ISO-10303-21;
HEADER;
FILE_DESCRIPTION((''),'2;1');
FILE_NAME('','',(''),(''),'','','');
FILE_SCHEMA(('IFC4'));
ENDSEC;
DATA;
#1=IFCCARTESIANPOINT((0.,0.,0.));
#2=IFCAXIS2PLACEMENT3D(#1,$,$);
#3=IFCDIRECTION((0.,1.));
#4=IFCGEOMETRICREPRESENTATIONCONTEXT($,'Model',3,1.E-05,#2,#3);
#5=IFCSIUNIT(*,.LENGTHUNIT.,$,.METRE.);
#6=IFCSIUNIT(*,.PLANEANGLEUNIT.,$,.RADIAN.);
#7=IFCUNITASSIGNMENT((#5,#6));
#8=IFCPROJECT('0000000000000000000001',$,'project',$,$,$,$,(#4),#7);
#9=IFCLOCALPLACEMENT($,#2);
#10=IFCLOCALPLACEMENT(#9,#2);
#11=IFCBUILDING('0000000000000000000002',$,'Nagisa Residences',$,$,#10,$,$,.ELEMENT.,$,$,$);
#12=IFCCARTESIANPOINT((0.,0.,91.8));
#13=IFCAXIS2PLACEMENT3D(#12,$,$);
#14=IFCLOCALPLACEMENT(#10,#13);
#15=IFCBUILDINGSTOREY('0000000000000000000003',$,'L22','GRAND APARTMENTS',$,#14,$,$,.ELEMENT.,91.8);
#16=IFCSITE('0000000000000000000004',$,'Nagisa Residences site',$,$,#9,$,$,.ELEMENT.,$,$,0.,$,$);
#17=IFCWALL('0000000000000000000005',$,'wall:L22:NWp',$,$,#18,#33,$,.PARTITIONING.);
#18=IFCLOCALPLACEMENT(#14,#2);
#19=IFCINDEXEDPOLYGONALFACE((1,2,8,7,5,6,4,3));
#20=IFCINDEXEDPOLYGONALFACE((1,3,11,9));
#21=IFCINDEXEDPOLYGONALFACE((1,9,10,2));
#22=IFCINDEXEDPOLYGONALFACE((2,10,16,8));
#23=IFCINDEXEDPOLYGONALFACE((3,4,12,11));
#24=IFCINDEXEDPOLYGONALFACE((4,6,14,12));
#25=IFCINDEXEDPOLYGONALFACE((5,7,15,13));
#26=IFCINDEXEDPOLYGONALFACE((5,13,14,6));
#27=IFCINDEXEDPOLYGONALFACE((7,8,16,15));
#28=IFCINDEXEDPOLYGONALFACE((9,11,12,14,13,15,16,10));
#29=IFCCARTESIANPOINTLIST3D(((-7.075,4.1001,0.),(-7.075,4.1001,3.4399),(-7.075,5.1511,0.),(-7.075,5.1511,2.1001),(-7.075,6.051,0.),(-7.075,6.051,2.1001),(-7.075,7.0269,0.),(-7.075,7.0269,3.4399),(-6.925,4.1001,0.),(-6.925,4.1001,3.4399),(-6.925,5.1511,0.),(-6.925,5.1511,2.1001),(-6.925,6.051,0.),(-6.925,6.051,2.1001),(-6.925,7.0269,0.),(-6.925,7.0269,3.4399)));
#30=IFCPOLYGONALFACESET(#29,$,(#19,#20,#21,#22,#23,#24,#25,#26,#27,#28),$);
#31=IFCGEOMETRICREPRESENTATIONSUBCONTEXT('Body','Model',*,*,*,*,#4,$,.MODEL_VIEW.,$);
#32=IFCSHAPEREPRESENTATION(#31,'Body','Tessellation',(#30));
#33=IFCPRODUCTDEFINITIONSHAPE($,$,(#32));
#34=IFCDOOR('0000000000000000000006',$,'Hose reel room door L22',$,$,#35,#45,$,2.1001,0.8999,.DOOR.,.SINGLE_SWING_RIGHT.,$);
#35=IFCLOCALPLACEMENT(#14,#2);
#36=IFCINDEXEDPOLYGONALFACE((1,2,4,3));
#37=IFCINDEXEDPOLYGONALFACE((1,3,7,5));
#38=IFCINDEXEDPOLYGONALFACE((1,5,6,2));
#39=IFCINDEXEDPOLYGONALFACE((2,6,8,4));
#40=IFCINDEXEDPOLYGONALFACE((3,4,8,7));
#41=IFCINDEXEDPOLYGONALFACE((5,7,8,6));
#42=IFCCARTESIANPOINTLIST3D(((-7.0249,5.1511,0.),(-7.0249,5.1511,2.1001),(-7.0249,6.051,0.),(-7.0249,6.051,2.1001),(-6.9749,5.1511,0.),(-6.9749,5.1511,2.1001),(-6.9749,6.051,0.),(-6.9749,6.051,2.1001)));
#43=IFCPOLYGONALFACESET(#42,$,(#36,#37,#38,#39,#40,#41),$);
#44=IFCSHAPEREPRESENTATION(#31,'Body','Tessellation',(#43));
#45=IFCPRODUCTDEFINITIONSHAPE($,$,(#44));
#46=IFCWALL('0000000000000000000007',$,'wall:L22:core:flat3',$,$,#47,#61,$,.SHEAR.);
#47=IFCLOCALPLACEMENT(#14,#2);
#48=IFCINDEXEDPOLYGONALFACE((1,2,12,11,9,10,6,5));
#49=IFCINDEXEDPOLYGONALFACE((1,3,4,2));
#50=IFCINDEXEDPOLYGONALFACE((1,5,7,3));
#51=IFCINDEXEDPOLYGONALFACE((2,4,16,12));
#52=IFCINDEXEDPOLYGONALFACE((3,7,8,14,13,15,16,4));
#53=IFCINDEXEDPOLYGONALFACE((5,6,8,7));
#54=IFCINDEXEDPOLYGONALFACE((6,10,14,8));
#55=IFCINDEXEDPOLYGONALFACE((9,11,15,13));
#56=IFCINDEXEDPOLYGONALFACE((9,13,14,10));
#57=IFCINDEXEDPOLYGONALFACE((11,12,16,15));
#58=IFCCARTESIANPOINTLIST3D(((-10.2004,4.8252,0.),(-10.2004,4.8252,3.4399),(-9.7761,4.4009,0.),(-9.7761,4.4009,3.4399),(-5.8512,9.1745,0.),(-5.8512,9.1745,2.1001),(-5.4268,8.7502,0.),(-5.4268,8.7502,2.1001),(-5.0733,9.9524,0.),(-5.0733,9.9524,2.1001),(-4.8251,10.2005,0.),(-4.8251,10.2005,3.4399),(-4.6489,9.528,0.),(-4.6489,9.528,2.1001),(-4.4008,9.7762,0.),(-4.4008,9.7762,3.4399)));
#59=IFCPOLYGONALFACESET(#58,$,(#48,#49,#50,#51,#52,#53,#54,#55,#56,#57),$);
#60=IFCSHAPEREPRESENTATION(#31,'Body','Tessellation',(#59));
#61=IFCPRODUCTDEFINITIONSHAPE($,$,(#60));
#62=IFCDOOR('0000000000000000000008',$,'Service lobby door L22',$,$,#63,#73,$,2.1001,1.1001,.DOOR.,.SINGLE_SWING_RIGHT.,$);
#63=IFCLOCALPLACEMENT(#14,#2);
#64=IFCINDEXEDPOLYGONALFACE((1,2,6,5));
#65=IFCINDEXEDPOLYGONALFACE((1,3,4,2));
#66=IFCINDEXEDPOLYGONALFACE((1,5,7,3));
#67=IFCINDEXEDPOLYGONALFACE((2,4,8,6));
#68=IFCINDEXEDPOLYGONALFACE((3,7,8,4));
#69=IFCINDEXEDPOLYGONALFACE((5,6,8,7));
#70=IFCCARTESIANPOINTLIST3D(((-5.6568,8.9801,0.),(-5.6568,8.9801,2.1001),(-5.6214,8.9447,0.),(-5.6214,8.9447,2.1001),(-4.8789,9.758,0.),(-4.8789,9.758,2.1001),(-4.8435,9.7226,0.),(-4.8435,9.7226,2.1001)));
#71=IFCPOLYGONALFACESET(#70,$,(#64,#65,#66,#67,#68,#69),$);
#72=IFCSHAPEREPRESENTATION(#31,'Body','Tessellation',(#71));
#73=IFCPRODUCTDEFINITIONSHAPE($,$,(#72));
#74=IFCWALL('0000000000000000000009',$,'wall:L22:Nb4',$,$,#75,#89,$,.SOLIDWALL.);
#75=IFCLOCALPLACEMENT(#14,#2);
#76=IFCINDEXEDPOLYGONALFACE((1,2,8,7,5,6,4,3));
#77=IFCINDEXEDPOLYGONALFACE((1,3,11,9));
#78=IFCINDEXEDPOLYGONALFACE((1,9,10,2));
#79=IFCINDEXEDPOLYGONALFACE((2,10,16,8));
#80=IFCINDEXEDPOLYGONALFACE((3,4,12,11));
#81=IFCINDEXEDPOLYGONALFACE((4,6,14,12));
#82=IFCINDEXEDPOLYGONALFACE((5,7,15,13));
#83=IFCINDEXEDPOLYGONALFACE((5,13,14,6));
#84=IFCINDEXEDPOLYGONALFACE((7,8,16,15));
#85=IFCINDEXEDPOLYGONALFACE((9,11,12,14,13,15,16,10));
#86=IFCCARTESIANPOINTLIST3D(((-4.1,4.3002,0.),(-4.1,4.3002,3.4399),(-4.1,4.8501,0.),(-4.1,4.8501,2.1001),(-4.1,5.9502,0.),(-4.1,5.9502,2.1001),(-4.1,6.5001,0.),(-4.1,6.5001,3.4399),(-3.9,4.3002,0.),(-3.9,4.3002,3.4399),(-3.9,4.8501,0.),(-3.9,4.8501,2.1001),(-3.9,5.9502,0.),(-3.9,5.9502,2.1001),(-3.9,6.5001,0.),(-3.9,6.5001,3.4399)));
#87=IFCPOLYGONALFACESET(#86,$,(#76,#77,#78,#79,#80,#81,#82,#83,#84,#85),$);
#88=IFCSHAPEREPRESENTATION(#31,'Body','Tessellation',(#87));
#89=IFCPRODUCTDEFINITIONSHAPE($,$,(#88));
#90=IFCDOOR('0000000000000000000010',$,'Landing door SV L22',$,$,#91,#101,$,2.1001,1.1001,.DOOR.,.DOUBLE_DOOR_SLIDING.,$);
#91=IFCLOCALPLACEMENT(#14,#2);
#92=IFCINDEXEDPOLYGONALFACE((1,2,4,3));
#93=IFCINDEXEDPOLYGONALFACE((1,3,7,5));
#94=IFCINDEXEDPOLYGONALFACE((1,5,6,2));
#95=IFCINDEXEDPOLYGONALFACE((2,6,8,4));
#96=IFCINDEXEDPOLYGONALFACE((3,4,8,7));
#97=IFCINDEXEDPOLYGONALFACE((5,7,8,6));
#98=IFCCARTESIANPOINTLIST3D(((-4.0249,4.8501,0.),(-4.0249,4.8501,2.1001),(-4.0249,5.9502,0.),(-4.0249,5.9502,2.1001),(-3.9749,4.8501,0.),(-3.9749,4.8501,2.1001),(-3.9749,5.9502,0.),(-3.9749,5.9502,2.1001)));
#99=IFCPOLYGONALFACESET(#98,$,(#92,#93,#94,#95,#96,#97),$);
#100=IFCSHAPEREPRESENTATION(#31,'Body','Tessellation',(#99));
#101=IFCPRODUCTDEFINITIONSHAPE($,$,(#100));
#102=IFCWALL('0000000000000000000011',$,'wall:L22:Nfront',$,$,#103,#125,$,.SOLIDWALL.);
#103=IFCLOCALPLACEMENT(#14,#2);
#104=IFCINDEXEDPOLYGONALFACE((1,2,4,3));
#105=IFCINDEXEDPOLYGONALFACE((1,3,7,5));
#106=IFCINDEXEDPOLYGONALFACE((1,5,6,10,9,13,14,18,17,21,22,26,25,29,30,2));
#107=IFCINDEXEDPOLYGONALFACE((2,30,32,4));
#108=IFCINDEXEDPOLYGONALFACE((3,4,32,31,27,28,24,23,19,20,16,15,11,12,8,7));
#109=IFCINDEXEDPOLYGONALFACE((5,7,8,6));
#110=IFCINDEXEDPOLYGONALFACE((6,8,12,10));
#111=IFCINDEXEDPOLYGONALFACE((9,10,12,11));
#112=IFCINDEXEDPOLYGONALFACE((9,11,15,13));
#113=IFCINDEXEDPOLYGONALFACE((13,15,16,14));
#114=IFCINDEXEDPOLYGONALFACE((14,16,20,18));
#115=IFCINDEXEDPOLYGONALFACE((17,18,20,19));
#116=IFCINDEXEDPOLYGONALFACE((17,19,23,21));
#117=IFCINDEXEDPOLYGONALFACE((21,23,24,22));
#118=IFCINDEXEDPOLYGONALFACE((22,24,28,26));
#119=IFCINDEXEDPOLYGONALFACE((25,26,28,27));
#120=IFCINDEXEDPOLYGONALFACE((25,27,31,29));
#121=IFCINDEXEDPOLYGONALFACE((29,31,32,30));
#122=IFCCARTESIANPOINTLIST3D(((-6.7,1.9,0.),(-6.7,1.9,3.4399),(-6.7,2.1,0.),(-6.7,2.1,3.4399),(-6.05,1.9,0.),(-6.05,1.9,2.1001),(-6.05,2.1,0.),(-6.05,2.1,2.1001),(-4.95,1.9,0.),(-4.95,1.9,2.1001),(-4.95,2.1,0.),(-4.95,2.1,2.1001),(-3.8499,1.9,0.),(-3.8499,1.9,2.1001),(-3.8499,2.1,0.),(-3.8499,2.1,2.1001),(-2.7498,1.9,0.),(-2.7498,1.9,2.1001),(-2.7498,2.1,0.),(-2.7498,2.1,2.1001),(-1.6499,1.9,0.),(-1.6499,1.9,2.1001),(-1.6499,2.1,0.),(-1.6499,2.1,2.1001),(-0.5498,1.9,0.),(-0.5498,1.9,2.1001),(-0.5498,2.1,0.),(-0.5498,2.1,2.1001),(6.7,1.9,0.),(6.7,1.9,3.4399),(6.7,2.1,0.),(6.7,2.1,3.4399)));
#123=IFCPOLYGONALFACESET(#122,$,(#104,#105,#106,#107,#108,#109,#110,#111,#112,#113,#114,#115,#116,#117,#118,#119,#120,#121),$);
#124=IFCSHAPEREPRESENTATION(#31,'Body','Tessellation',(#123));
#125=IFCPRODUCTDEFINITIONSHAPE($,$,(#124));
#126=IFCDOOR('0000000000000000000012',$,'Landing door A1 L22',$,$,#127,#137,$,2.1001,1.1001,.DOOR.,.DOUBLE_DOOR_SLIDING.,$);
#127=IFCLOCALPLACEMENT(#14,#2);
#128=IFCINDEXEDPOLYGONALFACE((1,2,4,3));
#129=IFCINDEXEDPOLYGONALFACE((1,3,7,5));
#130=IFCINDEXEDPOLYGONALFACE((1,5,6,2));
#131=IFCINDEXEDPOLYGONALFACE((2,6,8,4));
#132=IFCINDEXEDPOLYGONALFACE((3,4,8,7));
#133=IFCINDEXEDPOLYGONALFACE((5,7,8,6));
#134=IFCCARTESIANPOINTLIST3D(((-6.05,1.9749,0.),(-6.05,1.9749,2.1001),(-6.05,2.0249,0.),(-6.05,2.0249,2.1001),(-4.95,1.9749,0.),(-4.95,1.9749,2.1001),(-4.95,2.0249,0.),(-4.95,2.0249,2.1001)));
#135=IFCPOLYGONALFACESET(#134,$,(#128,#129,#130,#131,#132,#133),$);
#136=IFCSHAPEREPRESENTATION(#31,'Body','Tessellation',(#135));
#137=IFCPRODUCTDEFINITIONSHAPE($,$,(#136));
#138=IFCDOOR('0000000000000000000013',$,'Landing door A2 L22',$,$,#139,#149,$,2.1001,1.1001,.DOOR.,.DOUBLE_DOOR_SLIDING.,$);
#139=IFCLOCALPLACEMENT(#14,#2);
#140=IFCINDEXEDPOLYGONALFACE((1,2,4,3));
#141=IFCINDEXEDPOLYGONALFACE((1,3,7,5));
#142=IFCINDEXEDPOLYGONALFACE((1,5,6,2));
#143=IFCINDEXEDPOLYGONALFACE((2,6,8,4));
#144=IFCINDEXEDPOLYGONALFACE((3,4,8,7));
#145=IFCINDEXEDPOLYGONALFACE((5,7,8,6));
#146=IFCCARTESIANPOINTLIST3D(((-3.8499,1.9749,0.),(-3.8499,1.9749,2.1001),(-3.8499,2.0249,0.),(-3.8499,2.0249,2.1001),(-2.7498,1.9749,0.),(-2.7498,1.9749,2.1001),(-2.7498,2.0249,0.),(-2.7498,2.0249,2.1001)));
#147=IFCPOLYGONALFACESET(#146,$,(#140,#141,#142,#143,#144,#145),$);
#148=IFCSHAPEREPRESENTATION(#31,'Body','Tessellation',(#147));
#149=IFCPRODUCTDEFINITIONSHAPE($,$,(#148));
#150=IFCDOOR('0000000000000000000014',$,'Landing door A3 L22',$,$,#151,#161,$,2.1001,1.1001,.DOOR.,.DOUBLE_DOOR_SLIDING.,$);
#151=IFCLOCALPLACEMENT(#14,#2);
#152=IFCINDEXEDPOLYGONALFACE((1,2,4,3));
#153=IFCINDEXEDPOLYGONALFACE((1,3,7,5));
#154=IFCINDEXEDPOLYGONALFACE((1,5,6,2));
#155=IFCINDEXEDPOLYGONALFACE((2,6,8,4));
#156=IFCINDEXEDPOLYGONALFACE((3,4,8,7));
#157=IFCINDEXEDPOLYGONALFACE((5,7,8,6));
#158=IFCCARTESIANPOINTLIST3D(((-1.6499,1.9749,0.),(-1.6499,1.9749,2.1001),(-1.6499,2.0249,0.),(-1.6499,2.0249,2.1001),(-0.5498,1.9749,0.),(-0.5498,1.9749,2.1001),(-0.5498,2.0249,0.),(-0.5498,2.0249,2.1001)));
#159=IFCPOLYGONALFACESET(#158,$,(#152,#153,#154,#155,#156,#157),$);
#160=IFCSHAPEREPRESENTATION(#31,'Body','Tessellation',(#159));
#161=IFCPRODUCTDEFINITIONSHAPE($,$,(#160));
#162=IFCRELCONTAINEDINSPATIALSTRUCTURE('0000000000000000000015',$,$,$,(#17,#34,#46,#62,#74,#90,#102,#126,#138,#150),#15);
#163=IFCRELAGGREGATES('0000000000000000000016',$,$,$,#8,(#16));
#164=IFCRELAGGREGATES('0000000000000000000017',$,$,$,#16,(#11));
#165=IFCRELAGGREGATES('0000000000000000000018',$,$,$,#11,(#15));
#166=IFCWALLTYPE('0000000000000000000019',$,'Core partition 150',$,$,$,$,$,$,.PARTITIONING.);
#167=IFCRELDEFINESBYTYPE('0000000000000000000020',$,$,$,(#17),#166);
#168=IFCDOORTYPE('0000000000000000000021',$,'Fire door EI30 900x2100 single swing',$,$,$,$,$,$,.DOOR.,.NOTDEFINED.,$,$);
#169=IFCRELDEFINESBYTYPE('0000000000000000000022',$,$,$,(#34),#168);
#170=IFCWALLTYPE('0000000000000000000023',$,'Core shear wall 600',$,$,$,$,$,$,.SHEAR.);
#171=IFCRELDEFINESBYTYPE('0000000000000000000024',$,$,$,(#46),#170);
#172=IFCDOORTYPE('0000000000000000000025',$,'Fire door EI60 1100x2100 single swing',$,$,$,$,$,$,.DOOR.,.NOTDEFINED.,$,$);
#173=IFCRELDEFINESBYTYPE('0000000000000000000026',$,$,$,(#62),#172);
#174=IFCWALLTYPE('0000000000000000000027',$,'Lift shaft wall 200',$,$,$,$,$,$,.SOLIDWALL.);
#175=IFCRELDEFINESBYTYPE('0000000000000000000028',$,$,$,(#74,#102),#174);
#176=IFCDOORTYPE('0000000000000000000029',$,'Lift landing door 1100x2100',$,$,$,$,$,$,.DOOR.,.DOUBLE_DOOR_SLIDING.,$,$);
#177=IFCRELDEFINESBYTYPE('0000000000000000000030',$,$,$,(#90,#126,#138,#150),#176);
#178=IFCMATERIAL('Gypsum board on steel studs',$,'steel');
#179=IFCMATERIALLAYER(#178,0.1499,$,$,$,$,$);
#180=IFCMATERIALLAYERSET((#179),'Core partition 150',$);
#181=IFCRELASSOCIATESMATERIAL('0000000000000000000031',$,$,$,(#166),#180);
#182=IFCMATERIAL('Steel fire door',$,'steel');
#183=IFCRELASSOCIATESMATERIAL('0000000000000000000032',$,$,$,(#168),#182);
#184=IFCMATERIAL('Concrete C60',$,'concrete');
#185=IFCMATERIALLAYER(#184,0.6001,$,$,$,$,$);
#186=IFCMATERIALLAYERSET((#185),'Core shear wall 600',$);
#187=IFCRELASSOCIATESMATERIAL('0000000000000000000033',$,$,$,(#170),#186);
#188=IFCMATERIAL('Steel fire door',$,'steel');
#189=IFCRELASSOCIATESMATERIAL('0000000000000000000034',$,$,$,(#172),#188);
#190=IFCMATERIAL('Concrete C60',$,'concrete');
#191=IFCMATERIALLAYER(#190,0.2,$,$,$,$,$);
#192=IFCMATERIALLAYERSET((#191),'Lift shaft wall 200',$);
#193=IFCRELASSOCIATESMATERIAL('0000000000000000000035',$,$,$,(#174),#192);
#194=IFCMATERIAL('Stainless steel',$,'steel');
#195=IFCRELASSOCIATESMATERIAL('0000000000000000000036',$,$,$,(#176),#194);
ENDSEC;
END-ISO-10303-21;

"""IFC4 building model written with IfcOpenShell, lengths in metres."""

from ifc_helpers import new_model, si_unit, direction, frame, frame_2d, origin, place, context, subcontext, project, spatial, rectangle, extrude, material, layer, layer_set, type_object, element, fill, save


model = new_model("IFC4")

# Units and contexts
model_context = context("Model", 3, precision=1e-05, world=origin(), true_north=direction((0.0, 1.0)))
body_context = subcontext(model_context, "Body", "Model", "MODEL_VIEW")
ifc_project = project(units=[si_unit("LENGTHUNIT", "METRE"), si_unit("PLANEANGLEUNIT", "RADIAN")], contexts=[model_context])

# Site, building, storey
site_placement = place(None, origin())
site = spatial("IfcSite", under=ifc_project, at=site_placement, Name="Nagisa Residences site", CompositionType="ELEMENT", RefElevation=0.0)
building_placement = place(site_placement, origin())
building = spatial("IfcBuilding", under=site, at=building_placement, Name="Nagisa Residences", CompositionType="ELEMENT")
storey_placement = place(building_placement, frame((0.0, 0.0, 91.8)))
storey = spatial("IfcBuildingStorey", under=building, at=storey_placement, Name="L22", Description="GRAND APARTMENTS", CompositionType="ELEMENT", Elevation=91.8)

# Walls, openings, doors
ifc_material_1 = material(Name="Gypsum board on steel studs", Category="steel")
ifc_layer_1 = layer(ifc_material_1, 0.1499)
ifc_layer_set_1 = layer_set([ifc_layer_1], Name="Core partition 150")
wall_type_1 = type_object("IfcWallType", Name="Core partition 150", PredefinedType="PARTITIONING", material=ifc_layer_set_1)
wall_1_placement = place(storey_placement, frame((-7.0, 4.1001, 0.0), z_axis=(0.0, 0.0, 1.0), x_axis=(0.0, 1.0, 0.0)))
wall_1 = element("IfcWall", 1, at=wall_1_placement, inside=storey, type_object=wall_type_1, Name="wall:L22:NWp", PredefinedType="PARTITIONING", context=body_context, shape_type="SweptSolid", body=[
    extrude(rectangle(XDim=2.9268, YDim=0.1499, at=frame_2d((1.4634, 0.0))), origin(), (0.0, 0.0, 1.0), 3.4399),
])
opening_1_placement = place(wall_1_placement, frame((1.051, 0.0, 0.0)))
opening_1 = element("IfcOpeningElement", 2, at=opening_1_placement, cuts=wall_1, PredefinedType="OPENING", context=body_context, shape_type="SweptSolid", body=[
    extrude(rectangle(XDim=0.8999, YDim=2.1001, at=frame_2d((0.45, 1.05))), frame((0.0, 0.085, 0.0), z_axis=(0.0, -1.0, 0.0), x_axis=(1.0, 0.0, 0.0)), (0.0, 0.0, 1.0), 0.1699),
])
ifc_material_2 = material(Name="Steel fire door", Category="steel")
door_type_1 = type_object("IfcDoorType", Name="Fire door EI30 900x2100 single swing", OperationType="NOTDEFINED", PredefinedType="DOOR", material=ifc_material_2)
door_1_placement = place(opening_1_placement, origin())
door_1 = element("IfcDoor", 3, at=door_1_placement, inside=storey, type_object=door_type_1, Name="Hose reel room door L22", OperationType="SINGLE_SWING_RIGHT", OverallHeight=2.1001, OverallWidth=0.8999, PredefinedType="DOOR", context=body_context, shape_type="SweptSolid", body=[
    extrude(rectangle(XDim=0.8999, YDim=2.1001, at=frame_2d((0.45, 1.05))), frame((0.0, 0.0249, 0.0), z_axis=(0.0, -1.0, 0.0), x_axis=(1.0, 0.0, 0.0)), (0.0, 0.0, 1.0), 0.05),
])
fill(opening_1, door_1)
ifc_material_3 = material(Name="Concrete C60", Category="concrete")
ifc_layer_2 = layer(ifc_material_3, 0.6001)
ifc_layer_set_2 = layer_set([ifc_layer_2], Name="Core shear wall 600")
wall_type_2 = type_object("IfcWallType", Name="Core shear wall 600", PredefinedType="SHEAR", material=ifc_layer_set_2)
wall_2_placement = place(storey_placement, frame((-4.613, 9.9883, 0.0), z_axis=(0.0, 0.0, 1.0), x_axis=(-0.707107, -0.707107, 0.0)))
wall_2 = element("IfcWall", 4, at=wall_2_placement, inside=storey, type_object=wall_type_2, Name="wall:L22:core:flat3", PredefinedType="SHEAR", context=body_context, shape_type="SweptSolid", body=[
    extrude(rectangle(XDim=7.6018, YDim=0.6001, at=frame_2d((3.8008, 0.0))), origin(), (0.0, 0.0, 1.0), 3.4399),
])
opening_2_placement = place(wall_2_placement, frame((0.3508, 0.0, 0.0)))
opening_2 = element("IfcOpeningElement", 5, at=opening_2_placement, cuts=wall_2, PredefinedType="OPENING", context=body_context, shape_type="SweptSolid", body=[
    extrude(rectangle(XDim=1.1001, YDim=2.1001, at=frame_2d((0.55, 1.05))), frame((0.0, 0.3101, 0.0), z_axis=(0.0, -1.0, 0.0), x_axis=(1.0, 0.0, 0.0)), (0.0, 0.0, 1.0), 0.6201),
])
ifc_material_4 = material(Name="Steel fire door", Category="steel")
door_type_2 = type_object("IfcDoorType", Name="Fire door EI60 1100x2100 single swing", OperationType="NOTDEFINED", PredefinedType="DOOR", material=ifc_material_4)
door_2_placement = place(opening_2_placement, origin())
door_2 = element("IfcDoor", 6, at=door_2_placement, inside=storey, type_object=door_type_2, Name="Service lobby door L22", OperationType="SINGLE_SWING_RIGHT", OverallHeight=2.1001, OverallWidth=1.1001, PredefinedType="DOOR", context=body_context, shape_type="SweptSolid", body=[
    extrude(rectangle(XDim=1.1001, YDim=2.1001, at=frame_2d((0.55, 1.05))), frame((0.0, 0.0249, 0.0), z_axis=(0.0, -1.0, 0.0), x_axis=(1.0, 0.0, 0.0)), (0.0, 0.0, 1.0), 0.05),
])
fill(opening_2, door_2)
ifc_material_5 = material(Name="Concrete C60", Category="concrete")
ifc_layer_3 = layer(ifc_material_5, 0.2)
ifc_layer_set_3 = layer_set([ifc_layer_3], Name="Lift shaft wall 200")
wall_type_3 = type_object("IfcWallType", Name="Lift shaft wall 200", PredefinedType="SOLIDWALL", material=ifc_layer_set_3)
wall_3_placement = place(storey_placement, frame((-4.0, 4.3, 0.0), z_axis=(0.0, 0.0, 1.0), x_axis=(0.0, 1.0, 0.0)))
wall_3 = element("IfcWall", 7, at=wall_3_placement, inside=storey, type_object=wall_type_3, Name="wall:L22:Nb4", PredefinedType="SOLIDWALL", context=body_context, shape_type="SweptSolid", body=[
    extrude(rectangle(XDim=2.2, YDim=0.2, at=frame_2d((1.1001, 0.0))), origin(), (0.0, 0.0, 1.0), 3.4399),
])
opening_3_placement = place(wall_3_placement, frame((0.55, 0.0, 0.0)))
opening_3 = element("IfcOpeningElement", 8, at=opening_3_placement, cuts=wall_3, PredefinedType="OPENING", context=body_context, shape_type="SweptSolid", body=[
    extrude(rectangle(XDim=1.1001, YDim=2.1001, at=frame_2d((0.55, 1.05))), frame((0.0, 0.1099, 0.0), z_axis=(0.0, -1.0, 0.0), x_axis=(1.0, 0.0, 0.0)), (0.0, 0.0, 1.0), 0.22),
])
ifc_material_6 = material(Name="Stainless steel", Category="steel")
door_type_3 = type_object("IfcDoorType", Name="Lift landing door 1100x2100", OperationType="DOUBLE_DOOR_SLIDING", PredefinedType="DOOR", material=ifc_material_6)
door_3_placement = place(opening_3_placement, origin())
door_3 = element("IfcDoor", 9, at=door_3_placement, inside=storey, type_object=door_type_3, Name="Landing door SV L22", OperationType="DOUBLE_DOOR_SLIDING", OverallHeight=2.1001, OverallWidth=1.1001, PredefinedType="DOOR", context=body_context, shape_type="SweptSolid", body=[
    extrude(rectangle(XDim=1.1001, YDim=2.1001, at=frame_2d((0.55, 1.05))), frame((0.0, 0.0249, 0.0), z_axis=(0.0, -1.0, 0.0), x_axis=(1.0, 0.0, 0.0)), (0.0, 0.0, 1.0), 0.05),
])
fill(opening_3, door_3)

# Wall, openings, doors
wall_4_placement = place(storey_placement, frame((-6.7, 2.0, 0.0), z_axis=(0.0, 0.0, 1.0), x_axis=(1.0, 0.0, 0.0)))
wall_4 = element("IfcWall", 10, at=wall_4_placement, inside=storey, type_object=wall_type_3, Name="wall:L22:Nfront", PredefinedType="SOLIDWALL", context=body_context, shape_type="SweptSolid", body=[
    extrude(rectangle(XDim=13.3999, YDim=0.2, at=frame_2d((6.7, 0.0))), origin(), (0.0, 0.0, 1.0), 3.4399),
])
opening_4_placement = place(wall_4_placement, frame((0.6499, 0.0, 0.0)))
opening_4 = element("IfcOpeningElement", 11, at=opening_4_placement, cuts=wall_4, PredefinedType="OPENING", context=body_context, shape_type="SweptSolid", body=[
    extrude(rectangle(XDim=1.1001, YDim=2.1001, at=frame_2d((0.55, 1.05))), frame((0.0, 0.1099, 0.0), z_axis=(0.0, -1.0, 0.0), x_axis=(1.0, 0.0, 0.0)), (0.0, 0.0, 1.0), 0.22),
])
opening_5_placement = place(wall_4_placement, frame((2.8501, 0.0, 0.0)))
opening_5 = element("IfcOpeningElement", 12, at=opening_5_placement, cuts=wall_4, PredefinedType="OPENING", context=body_context, shape_type="SweptSolid", body=[
    extrude(rectangle(XDim=1.1001, YDim=2.1001, at=frame_2d((0.55, 1.05))), frame((0.0, 0.1099, 0.0), z_axis=(0.0, -1.0, 0.0), x_axis=(1.0, 0.0, 0.0)), (0.0, 0.0, 1.0), 0.22),
])
opening_6_placement = place(wall_4_placement, frame((5.05, 0.0, 0.0)))
opening_6 = element("IfcOpeningElement", 13, at=opening_6_placement, cuts=wall_4, PredefinedType="OPENING", context=body_context, shape_type="SweptSolid", body=[
    extrude(rectangle(XDim=1.1001, YDim=2.1001, at=frame_2d((0.55, 1.05))), frame((0.0, 0.1099, 0.0), z_axis=(0.0, -1.0, 0.0), x_axis=(1.0, 0.0, 0.0)), (0.0, 0.0, 1.0), 0.22),
])
door_4_placement = place(opening_4_placement, origin())
door_4 = element("IfcDoor", 14, at=door_4_placement, inside=storey, type_object=door_type_3, Name="Landing door A1 L22", OperationType="DOUBLE_DOOR_SLIDING", OverallHeight=2.1001, OverallWidth=1.1001, PredefinedType="DOOR", context=body_context, shape_type="SweptSolid", body=[
    extrude(rectangle(XDim=1.1001, YDim=2.1001, at=frame_2d((0.55, 1.05))), frame((0.0, 0.0249, 0.0), z_axis=(0.0, -1.0, 0.0), x_axis=(1.0, 0.0, 0.0)), (0.0, 0.0, 1.0), 0.05),
])
fill(opening_4, door_4)
door_5_placement = place(opening_5_placement, origin())
door_5 = element("IfcDoor", 15, at=door_5_placement, inside=storey, type_object=door_type_3, Name="Landing door A2 L22", OperationType="DOUBLE_DOOR_SLIDING", OverallHeight=2.1001, OverallWidth=1.1001, PredefinedType="DOOR", context=body_context, shape_type="SweptSolid", body=[
    extrude(rectangle(XDim=1.1001, YDim=2.1001, at=frame_2d((0.55, 1.05))), frame((0.0, 0.0249, 0.0), z_axis=(0.0, -1.0, 0.0), x_axis=(1.0, 0.0, 0.0)), (0.0, 0.0, 1.0), 0.05),
])
fill(opening_5, door_5)
door_6_placement = place(opening_6_placement, origin())
door_6 = element("IfcDoor", 16, at=door_6_placement, inside=storey, type_object=door_type_3, Name="Landing door A3 L22", OperationType="DOUBLE_DOOR_SLIDING", OverallHeight=2.1001, OverallWidth=1.1001, PredefinedType="DOOR", context=body_context, shape_type="SweptSolid", body=[
    extrude(rectangle(XDim=1.1001, YDim=2.1001, at=frame_2d((0.55, 1.05))), frame((0.0, 0.0249, 0.0), z_axis=(0.0, -1.0, 0.0), x_axis=(1.0, 0.0, 0.0)), (0.0, 0.0, 1.0), 0.05),
])
fill(opening_6, door_6)

save(model, "model.ifc")
